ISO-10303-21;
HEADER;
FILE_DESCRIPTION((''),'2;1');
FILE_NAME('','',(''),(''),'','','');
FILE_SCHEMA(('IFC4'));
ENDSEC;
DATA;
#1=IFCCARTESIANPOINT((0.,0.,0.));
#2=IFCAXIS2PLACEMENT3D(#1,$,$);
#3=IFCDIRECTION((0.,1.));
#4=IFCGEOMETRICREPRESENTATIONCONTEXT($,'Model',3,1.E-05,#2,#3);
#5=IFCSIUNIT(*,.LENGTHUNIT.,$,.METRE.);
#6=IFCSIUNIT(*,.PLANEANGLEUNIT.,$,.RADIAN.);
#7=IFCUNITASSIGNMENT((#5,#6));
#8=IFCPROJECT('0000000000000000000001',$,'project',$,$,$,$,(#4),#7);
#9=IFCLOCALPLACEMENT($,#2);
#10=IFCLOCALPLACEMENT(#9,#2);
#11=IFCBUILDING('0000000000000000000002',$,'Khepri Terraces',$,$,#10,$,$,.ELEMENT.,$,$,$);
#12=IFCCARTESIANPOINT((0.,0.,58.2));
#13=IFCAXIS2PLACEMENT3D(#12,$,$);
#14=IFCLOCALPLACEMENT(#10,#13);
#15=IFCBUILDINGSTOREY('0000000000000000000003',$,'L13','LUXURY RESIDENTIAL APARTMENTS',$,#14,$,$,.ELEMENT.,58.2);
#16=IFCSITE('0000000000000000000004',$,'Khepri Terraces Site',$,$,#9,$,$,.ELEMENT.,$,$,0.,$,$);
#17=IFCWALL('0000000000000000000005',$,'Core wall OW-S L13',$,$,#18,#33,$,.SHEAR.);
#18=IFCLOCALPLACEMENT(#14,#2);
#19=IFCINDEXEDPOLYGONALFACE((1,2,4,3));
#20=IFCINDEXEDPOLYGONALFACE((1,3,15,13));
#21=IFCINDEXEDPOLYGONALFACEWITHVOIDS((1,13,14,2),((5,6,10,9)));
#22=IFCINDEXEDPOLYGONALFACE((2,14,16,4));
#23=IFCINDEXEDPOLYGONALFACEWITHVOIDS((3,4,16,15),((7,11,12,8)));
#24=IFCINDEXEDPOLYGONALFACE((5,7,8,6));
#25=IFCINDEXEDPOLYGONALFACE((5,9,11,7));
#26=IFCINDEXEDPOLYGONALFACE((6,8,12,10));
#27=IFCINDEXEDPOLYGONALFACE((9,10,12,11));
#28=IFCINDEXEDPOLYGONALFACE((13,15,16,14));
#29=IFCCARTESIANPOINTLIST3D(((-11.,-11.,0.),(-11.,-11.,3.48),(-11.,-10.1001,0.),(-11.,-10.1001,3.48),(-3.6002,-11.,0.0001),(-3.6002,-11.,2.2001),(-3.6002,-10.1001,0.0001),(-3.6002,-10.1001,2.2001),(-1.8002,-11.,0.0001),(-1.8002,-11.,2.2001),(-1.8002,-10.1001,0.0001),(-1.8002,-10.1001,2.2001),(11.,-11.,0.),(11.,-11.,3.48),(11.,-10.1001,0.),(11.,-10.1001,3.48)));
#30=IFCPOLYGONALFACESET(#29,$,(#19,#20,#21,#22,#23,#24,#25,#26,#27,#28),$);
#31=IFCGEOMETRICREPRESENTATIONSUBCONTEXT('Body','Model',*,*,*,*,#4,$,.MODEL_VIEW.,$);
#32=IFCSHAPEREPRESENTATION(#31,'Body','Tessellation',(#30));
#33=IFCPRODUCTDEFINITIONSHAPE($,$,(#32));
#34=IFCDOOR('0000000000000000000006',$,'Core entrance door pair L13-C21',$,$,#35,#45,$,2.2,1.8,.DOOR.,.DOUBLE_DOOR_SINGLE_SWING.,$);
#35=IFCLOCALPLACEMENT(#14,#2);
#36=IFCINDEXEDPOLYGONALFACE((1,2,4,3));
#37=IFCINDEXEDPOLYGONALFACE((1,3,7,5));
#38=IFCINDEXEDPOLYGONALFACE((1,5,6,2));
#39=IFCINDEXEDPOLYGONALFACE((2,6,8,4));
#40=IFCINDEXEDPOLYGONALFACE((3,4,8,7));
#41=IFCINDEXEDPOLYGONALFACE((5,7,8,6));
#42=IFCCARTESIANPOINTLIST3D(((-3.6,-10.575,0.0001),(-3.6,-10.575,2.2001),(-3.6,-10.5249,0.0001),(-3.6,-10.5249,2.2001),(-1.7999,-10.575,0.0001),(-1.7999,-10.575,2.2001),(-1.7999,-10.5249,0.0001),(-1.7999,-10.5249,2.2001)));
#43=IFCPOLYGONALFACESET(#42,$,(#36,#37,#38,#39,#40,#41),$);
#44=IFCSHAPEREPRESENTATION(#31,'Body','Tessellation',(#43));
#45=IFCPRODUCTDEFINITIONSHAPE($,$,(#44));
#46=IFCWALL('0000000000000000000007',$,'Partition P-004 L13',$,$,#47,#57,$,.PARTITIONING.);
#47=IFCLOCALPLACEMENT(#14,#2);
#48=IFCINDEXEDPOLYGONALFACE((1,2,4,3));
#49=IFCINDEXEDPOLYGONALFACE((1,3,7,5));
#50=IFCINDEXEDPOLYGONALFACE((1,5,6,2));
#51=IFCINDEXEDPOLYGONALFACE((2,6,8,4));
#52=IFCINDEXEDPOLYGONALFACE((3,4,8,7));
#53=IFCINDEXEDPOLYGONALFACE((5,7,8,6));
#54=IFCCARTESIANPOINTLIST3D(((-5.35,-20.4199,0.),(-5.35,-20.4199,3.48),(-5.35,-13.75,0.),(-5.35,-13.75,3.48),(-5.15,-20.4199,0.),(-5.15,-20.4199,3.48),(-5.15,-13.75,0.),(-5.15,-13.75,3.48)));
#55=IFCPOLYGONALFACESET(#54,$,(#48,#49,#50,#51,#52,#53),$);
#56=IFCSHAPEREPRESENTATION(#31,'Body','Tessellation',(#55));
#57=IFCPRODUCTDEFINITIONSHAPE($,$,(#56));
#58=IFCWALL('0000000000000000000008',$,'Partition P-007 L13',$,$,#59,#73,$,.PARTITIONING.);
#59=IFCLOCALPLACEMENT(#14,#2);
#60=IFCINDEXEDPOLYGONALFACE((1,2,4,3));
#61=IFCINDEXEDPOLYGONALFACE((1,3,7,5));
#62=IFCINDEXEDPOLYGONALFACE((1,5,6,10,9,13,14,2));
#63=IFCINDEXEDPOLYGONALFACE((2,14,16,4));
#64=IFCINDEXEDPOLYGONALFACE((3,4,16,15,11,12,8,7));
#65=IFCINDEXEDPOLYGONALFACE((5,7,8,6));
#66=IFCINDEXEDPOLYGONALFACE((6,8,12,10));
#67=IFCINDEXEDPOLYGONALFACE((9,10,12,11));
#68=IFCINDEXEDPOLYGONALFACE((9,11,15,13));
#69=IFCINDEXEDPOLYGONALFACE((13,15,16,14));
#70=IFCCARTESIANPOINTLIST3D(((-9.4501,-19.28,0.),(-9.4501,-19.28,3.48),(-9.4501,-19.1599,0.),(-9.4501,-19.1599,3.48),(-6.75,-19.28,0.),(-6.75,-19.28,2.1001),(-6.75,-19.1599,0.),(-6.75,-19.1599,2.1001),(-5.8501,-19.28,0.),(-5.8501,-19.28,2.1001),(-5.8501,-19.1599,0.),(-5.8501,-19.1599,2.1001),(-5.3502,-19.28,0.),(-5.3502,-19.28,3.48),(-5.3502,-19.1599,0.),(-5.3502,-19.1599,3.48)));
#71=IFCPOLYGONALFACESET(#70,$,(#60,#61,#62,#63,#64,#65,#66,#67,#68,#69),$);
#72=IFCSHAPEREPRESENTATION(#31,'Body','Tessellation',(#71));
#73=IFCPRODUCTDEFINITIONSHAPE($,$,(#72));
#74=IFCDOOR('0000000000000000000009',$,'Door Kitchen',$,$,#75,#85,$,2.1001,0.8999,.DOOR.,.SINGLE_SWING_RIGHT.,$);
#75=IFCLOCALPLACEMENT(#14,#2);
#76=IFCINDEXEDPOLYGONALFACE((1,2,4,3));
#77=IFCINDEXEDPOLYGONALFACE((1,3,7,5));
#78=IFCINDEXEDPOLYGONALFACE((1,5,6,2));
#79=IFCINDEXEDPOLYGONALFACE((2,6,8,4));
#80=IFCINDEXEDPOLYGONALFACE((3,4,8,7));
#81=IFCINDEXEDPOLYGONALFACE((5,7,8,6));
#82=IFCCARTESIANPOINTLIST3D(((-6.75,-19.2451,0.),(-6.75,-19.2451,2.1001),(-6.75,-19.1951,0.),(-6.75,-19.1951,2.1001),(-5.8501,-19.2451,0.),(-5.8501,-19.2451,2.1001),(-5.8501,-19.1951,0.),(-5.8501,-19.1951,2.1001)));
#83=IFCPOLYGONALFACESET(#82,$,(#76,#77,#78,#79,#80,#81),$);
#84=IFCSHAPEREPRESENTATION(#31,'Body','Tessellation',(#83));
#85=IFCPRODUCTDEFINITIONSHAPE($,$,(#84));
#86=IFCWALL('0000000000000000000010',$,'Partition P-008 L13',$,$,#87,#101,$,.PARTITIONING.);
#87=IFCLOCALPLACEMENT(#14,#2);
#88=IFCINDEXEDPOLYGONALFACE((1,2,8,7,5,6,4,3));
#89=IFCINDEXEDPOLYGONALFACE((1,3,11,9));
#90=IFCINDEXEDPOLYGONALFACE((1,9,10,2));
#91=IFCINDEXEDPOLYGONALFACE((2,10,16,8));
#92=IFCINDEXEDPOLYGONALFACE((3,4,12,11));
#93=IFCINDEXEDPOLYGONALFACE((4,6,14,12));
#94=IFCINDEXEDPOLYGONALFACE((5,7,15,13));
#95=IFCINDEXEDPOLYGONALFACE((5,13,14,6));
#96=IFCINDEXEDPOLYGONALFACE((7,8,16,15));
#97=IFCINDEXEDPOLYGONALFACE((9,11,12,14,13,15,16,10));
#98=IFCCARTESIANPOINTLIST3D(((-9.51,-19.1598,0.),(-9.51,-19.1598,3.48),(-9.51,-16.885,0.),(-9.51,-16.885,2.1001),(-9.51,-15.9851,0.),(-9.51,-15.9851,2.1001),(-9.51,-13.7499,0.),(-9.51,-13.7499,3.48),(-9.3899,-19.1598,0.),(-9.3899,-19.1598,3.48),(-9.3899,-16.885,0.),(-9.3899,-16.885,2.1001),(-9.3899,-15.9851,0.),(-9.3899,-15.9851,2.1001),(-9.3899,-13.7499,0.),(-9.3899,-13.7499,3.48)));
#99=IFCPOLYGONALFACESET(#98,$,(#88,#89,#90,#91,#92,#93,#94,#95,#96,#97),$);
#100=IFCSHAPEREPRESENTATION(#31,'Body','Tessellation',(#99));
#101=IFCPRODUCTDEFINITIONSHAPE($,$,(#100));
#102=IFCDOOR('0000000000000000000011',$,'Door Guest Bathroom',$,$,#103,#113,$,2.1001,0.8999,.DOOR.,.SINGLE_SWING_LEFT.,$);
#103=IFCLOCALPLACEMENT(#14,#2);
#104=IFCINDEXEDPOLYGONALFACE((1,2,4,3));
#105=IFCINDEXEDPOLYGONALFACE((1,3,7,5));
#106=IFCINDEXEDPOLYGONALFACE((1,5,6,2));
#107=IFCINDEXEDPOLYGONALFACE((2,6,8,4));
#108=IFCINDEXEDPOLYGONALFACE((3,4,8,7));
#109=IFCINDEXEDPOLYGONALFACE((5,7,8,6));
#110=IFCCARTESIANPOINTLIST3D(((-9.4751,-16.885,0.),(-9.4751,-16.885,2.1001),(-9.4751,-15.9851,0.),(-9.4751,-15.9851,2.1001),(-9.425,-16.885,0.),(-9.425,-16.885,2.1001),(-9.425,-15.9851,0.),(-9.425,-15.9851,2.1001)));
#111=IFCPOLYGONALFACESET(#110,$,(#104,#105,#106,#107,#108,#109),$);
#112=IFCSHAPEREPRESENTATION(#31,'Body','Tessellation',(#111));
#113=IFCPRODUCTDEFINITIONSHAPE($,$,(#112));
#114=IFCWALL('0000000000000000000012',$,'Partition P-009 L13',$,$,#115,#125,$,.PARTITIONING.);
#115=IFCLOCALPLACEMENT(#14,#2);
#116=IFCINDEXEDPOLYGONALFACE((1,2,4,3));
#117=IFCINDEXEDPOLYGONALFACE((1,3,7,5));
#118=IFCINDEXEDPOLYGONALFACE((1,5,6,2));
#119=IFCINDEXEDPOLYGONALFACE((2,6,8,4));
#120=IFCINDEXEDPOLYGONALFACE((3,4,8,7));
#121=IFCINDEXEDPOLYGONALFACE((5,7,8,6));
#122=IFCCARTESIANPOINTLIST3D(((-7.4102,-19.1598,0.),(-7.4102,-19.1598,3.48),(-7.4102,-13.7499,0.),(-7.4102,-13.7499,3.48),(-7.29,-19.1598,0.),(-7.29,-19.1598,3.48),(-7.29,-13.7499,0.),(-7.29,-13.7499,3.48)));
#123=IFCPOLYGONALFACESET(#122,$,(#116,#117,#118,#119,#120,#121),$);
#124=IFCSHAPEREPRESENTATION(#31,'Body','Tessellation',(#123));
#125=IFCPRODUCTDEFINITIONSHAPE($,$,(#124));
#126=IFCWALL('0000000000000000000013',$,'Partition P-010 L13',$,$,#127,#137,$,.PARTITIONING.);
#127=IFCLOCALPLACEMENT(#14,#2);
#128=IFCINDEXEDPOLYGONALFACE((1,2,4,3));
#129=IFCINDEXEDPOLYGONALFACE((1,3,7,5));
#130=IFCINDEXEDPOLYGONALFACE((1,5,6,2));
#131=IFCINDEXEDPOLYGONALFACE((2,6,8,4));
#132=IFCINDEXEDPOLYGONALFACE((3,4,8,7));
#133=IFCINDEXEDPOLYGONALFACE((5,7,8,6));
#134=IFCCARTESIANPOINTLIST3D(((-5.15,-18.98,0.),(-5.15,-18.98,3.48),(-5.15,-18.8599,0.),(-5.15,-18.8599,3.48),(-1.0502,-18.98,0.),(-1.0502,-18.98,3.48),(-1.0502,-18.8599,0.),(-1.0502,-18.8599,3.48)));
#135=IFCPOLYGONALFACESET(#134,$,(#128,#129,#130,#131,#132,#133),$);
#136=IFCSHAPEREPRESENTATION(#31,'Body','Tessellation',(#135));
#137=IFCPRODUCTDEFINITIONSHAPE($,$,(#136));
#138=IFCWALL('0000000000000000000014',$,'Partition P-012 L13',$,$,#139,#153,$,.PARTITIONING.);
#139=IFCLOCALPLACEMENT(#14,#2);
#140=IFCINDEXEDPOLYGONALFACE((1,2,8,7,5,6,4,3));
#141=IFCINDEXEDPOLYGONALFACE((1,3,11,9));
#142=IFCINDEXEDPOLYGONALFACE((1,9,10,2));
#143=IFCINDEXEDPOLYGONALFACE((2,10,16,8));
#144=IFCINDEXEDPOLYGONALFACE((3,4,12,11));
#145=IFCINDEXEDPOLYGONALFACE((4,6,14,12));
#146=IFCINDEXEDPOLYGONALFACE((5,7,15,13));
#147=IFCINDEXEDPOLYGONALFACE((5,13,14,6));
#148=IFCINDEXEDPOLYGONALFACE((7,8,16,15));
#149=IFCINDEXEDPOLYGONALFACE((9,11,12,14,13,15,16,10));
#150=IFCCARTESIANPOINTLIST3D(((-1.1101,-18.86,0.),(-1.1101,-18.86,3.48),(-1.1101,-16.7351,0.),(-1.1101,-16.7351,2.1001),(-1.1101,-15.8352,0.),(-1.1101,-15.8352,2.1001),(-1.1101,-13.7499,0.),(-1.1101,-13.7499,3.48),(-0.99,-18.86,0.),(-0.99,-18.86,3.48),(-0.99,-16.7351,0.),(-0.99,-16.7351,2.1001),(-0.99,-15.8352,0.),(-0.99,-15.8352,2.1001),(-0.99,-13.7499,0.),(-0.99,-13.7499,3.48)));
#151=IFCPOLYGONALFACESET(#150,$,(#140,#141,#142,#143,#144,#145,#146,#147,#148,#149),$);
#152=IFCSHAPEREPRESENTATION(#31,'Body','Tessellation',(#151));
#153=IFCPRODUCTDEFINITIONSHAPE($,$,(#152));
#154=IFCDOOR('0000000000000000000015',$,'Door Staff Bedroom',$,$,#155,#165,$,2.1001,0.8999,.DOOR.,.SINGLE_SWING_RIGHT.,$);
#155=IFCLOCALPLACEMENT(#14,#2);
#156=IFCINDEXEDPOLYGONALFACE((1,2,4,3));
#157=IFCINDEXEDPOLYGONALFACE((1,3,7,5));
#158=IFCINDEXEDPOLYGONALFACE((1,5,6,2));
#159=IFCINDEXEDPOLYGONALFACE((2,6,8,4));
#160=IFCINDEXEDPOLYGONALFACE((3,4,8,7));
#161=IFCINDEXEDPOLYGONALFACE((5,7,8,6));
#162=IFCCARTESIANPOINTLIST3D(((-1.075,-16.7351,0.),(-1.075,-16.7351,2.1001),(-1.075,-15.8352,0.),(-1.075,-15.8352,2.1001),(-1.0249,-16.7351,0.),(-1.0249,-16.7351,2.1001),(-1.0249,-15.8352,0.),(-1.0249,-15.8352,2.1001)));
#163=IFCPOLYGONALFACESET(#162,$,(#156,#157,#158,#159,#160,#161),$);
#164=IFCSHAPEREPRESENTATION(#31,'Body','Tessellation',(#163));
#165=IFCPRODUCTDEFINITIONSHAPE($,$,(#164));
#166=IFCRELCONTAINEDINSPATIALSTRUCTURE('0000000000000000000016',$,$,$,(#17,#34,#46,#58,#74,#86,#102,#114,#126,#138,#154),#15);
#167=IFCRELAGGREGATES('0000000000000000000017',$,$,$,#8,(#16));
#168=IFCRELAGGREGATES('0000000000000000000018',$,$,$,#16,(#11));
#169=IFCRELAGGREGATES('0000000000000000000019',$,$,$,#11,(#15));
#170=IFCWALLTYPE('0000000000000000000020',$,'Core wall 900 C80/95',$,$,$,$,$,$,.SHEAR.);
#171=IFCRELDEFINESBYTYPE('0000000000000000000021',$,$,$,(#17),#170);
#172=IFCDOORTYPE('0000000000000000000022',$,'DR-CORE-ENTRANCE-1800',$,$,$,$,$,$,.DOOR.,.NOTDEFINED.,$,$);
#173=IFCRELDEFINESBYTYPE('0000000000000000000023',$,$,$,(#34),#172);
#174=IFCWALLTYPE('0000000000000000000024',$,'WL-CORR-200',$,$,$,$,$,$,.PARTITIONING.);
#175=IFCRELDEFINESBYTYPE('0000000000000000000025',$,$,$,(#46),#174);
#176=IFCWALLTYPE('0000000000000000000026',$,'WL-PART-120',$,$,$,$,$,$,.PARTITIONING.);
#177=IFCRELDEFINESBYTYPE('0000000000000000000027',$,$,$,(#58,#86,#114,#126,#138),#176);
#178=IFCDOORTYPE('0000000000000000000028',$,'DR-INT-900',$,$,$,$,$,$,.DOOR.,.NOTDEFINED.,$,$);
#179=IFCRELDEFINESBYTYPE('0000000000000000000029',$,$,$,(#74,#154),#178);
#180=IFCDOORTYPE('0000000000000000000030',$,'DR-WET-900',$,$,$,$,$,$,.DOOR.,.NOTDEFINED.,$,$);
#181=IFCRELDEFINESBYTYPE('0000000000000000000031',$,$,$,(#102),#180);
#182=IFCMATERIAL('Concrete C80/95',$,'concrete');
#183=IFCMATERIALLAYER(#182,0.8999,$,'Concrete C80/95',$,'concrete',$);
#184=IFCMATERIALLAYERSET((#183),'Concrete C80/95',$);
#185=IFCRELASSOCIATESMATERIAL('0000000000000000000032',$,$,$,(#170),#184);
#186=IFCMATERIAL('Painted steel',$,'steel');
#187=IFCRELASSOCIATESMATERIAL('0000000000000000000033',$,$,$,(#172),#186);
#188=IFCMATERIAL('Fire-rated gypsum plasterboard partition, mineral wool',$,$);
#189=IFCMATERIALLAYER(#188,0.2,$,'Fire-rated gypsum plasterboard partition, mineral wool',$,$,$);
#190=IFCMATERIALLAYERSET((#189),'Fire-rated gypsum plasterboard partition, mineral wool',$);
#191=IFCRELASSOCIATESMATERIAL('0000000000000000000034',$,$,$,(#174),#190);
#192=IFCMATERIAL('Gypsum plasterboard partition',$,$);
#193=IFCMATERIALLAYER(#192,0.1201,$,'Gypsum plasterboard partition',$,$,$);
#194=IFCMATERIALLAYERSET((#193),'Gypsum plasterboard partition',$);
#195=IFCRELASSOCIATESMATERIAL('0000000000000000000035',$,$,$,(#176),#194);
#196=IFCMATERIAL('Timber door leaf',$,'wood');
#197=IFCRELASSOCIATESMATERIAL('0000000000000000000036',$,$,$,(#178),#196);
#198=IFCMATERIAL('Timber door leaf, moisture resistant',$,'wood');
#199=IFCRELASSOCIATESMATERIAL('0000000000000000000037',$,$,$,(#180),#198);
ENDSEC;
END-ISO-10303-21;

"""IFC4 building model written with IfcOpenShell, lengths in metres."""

from ifc_helpers import new_model, si_unit, direction, frame, frame_2d, origin, place, context, subcontext, project, spatial, rectangle, extrude, material, layer, layer_set, type_object, element, fill, save


model = new_model("IFC4")

# Units and contexts
model_context = context("Model", 3, precision=1e-05, world=origin(), true_north=direction((0.0, 1.0)))
body_context = subcontext(model_context, "Body", "Model", "MODEL_VIEW")
ifc_project = project(units=[si_unit("LENGTHUNIT", "METRE"), si_unit("PLANEANGLEUNIT", "RADIAN")], contexts=[model_context])

# Site, building, storey
site_placement = place(None, origin())
site = spatial("IfcSite", under=ifc_project, at=site_placement, Name="Khepri Terraces Site", CompositionType="ELEMENT", RefElevation=0.0)
building_placement = place(site_placement, origin())
building = spatial("IfcBuilding", under=site, at=building_placement, Name="Khepri Terraces", CompositionType="ELEMENT")
storey_placement = place(building_placement, frame((0.0, 0.0, 58.2)))
storey = spatial("IfcBuildingStorey", under=building, at=storey_placement, Name="L13", Description="LUXURY RESIDENTIAL APARTMENTS", CompositionType="ELEMENT", Elevation=58.2)

# Wall, opening, door
ifc_material_1 = material(Name="Concrete C80/95", Category="concrete")
ifc_layer_1 = layer(ifc_material_1, 0.8999, Name="Concrete C80/95", Category="concrete")
ifc_layer_set_1 = layer_set([ifc_layer_1], Name="Concrete C80/95")
wall_type_1 = type_object("IfcWallType", Name="Core wall 900 C80/95", PredefinedType="SHEAR", material=ifc_layer_set_1)
wall_1_placement = place(storey_placement, frame((-11.0, -10.55, 0.0), z_axis=(0.0, 0.0, 1.0), x_axis=(1.0, 0.0, 0.0)))
wall_1 = element("IfcWall", 1, at=wall_1_placement, inside=storey, type_object=wall_type_1, Name="Core wall OW-S L13", PredefinedType="SHEAR", context=body_context, shape_type="SweptSolid", body=[
    extrude(rectangle(XDim=22.0, YDim=0.8999, at=frame_2d((11.0, 0.0))), origin(), (0.0, 0.0, 1.0), 3.48),
])
opening_1_placement = place(wall_1_placement, frame((7.3999, 0.0, 0.0)))
opening_1 = element("IfcOpeningElement", 2, at=opening_1_placement, cuts=wall_1, PredefinedType="OPENING", context=body_context, shape_type="SweptSolid", body=[
    extrude(rectangle(XDim=1.8, YDim=2.2, at=frame_2d((0.8999, 1.1001))), frame((0.0, 0.46, 0.0), z_axis=(0.0, -1.0, 0.0), x_axis=(1.0, 0.0, 0.0)), (0.0, 0.0, 1.0), 0.9199),
])
ifc_material_2 = material(Name="Painted steel", Category="steel")
door_type_1 = type_object("IfcDoorType", Name="DR-CORE-ENTRANCE-1800", OperationType="NOTDEFINED", PredefinedType="DOOR", material=ifc_material_2)
door_1_placement = place(opening_1_placement, frame((1.8, 0.0, 0.0), z_axis=(0.0, 0.0, 1.0), x_axis=(-1.0, 0.0, 0.0)))
door_1 = element("IfcDoor", 3, at=door_1_placement, inside=storey, type_object=door_type_1, Name="Core entrance door pair L13-C21", OperationType="DOUBLE_DOOR_SINGLE_SWING", OverallHeight=2.2, OverallWidth=1.8, PredefinedType="DOOR", context=body_context, shape_type="SweptSolid", body=[
    extrude(rectangle(XDim=1.8, YDim=2.2, at=frame_2d((0.8999, 1.1001))), frame((0.0, 0.0249, 0.0), z_axis=(0.0, -1.0, 0.0), x_axis=(1.0, 0.0, 0.0)), (0.0, 0.0, 1.0), 0.05),
])
fill(opening_1, door_1)

# Wall
ifc_material_3 = material(Name="Fire-rated gypsum plasterboard partition, mineral wool")
ifc_layer_2 = layer(ifc_material_3, 0.2, Name="Fire-rated gypsum plasterboard partition, mineral wool")
ifc_layer_set_2 = layer_set([ifc_layer_2], Name="Fire-rated gypsum plasterboard partition, mineral wool")
wall_type_2 = type_object("IfcWallType", Name="WL-CORR-200", PredefinedType="PARTITIONING", material=ifc_layer_set_2)
wall_2_placement = place(storey_placement, frame((-5.25, -20.4199, 0.0), z_axis=(0.0, 0.0, 1.0), x_axis=(0.0, 1.0, 0.0)))
element("IfcWall", 4, at=wall_2_placement, inside=storey, type_object=wall_type_2, Name="Partition P-004 L13", PredefinedType="PARTITIONING", context=body_context, shape_type="SweptSolid", body=[
    extrude(rectangle(XDim=6.6699, YDim=0.2, at=frame_2d((3.335, 0.0))), origin(), (0.0, 0.0, 1.0), 3.48),
])

# Walls, openings, doors
ifc_material_4 = material(Name="Gypsum plasterboard partition")
ifc_layer_3 = layer(ifc_material_4, 0.1201, Name="Gypsum plasterboard partition")
ifc_layer_set_3 = layer_set([ifc_layer_3], Name="Gypsum plasterboard partition")
wall_type_3 = type_object("IfcWallType", Name="WL-PART-120", PredefinedType="PARTITIONING", material=ifc_layer_set_3)
wall_3_placement = place(storey_placement, frame((-9.45, -19.22, 0.0), z_axis=(0.0, 0.0, 1.0), x_axis=(1.0, 0.0, 0.0)))
wall_3 = element("IfcWall", 5, at=wall_3_placement, inside=storey, type_object=wall_type_3, Name="Partition P-007 L13", PredefinedType="PARTITIONING", context=body_context, shape_type="SweptSolid", body=[
    extrude(rectangle(XDim=4.0999, YDim=0.1201, at=frame_2d((2.0498, 0.0))), origin(), (0.0, 0.0, 1.0), 3.48),
])
opening_2_placement = place(wall_3_placement, frame((2.7, 0.0, 0.0)))
opening_2 = element("IfcOpeningElement", 6, at=opening_2_placement, cuts=wall_3, PredefinedType="OPENING", context=body_context, shape_type="SweptSolid", body=[
    extrude(rectangle(XDim=0.8999, YDim=2.1001, at=frame_2d((0.45, 1.05))), frame((0.0, 0.0701, 0.0), z_axis=(0.0, -1.0, 0.0), x_axis=(1.0, 0.0, 0.0)), (0.0, 0.0, 1.0), 0.1401),
])
ifc_material_5 = material(Name="Timber door leaf", Category="wood")
door_type_2 = type_object("IfcDoorType", Name="DR-INT-900", OperationType="NOTDEFINED", PredefinedType="DOOR", material=ifc_material_5)
door_2_placement = place(opening_2_placement, origin())
door_2 = element("IfcDoor", 7, at=door_2_placement, inside=storey, type_object=door_type_2, Name="Door Kitchen", OperationType="SINGLE_SWING_RIGHT", OverallHeight=2.1001, OverallWidth=0.8999, PredefinedType="DOOR", context=body_context, shape_type="SweptSolid", body=[
    extrude(rectangle(XDim=0.8999, YDim=2.1001, at=frame_2d((0.45, 1.05))), frame((0.0, 0.0249, 0.0), z_axis=(0.0, -1.0, 0.0), x_axis=(1.0, 0.0, 0.0)), (0.0, 0.0, 1.0), 0.05),
])
fill(opening_2, door_2)
wall_4_placement = place(storey_placement, frame((-9.45, -19.1599, 0.0), z_axis=(0.0, 0.0, 1.0), x_axis=(0.0, 1.0, 0.0)))
wall_4 = element("IfcWall", 8, at=wall_4_placement, inside=storey, type_object=wall_type_3, Name="Partition P-008 L13", PredefinedType="PARTITIONING", context=body_context, shape_type="SweptSolid", body=[
    extrude(rectangle(XDim=5.4099, YDim=0.1201, at=frame_2d((2.7051, 0.0))), origin(), (0.0, 0.0, 1.0), 3.48),
])
opening_3_placement = place(wall_4_placement, frame((2.2749, 0.0, 0.0)))
opening_3 = element("IfcOpeningElement", 9, at=opening_3_placement, cuts=wall_4, PredefinedType="OPENING", context=body_context, shape_type="SweptSolid", body=[
    extrude(rectangle(XDim=0.8999, YDim=2.1001, at=frame_2d((0.45, 1.05))), frame((0.0, 0.0701, 0.0), z_axis=(0.0, -1.0, 0.0), x_axis=(1.0, 0.0, 0.0)), (0.0, 0.0, 1.0), 0.1401),
])
ifc_material_6 = material(Name="Timber door leaf, moisture resistant", Category="wood")
door_type_3 = type_object("IfcDoorType", Name="DR-WET-900", OperationType="NOTDEFINED", PredefinedType="DOOR", material=ifc_material_6)
door_3_placement = place(opening_3_placement, frame((0.8999, 0.0, 0.0), z_axis=(0.0, 0.0, 1.0), x_axis=(-1.0, 0.0, 0.0)))
door_3 = element("IfcDoor", 10, at=door_3_placement, inside=storey, type_object=door_type_3, Name="Door Guest Bathroom", OperationType="SINGLE_SWING_LEFT", OverallHeight=2.1001, OverallWidth=0.8999, PredefinedType="DOOR", context=body_context, shape_type="SweptSolid", body=[
    extrude(rectangle(XDim=0.8999, YDim=2.1001, at=frame_2d((0.45, 1.05))), frame((0.0, 0.0249, 0.0), z_axis=(0.0, -1.0, 0.0), x_axis=(1.0, 0.0, 0.0)), (0.0, 0.0, 1.0), 0.05),
])
fill(opening_3, door_3)

# Walls
wall_5_placement = place(storey_placement, frame((-7.3501, -19.1599, 0.0), z_axis=(0.0, 0.0, 1.0), x_axis=(0.0, 1.0, 0.0)))
element("IfcWall", 11, at=wall_5_placement, inside=storey, type_object=wall_type_3, Name="Partition P-009 L13", PredefinedType="PARTITIONING", context=body_context, shape_type="SweptSolid", body=[
    extrude(rectangle(XDim=5.4099, YDim=0.1201, at=frame_2d((2.7051, 0.0))), origin(), (0.0, 0.0, 1.0), 3.48),
])
wall_6_placement = place(storey_placement, frame((-5.1499, -18.9199, 0.0), z_axis=(0.0, 0.0, 1.0), x_axis=(1.0, 0.0, 0.0)))
element("IfcWall", 12, at=wall_6_placement, inside=storey, type_object=wall_type_3, Name="Partition P-010 L13", PredefinedType="PARTITIONING", context=body_context, shape_type="SweptSolid", body=[
    extrude(rectangle(XDim=4.0999, YDim=0.1201, at=frame_2d((2.0498, 0.0))), origin(), (0.0, 0.0, 1.0), 3.48),
])

# Wall, opening, door
wall_7_placement = place(storey_placement, frame((-1.05, -18.8601, 0.0), z_axis=(0.0, 0.0, 1.0), x_axis=(0.0, 1.0, 0.0)))
wall_7 = element("IfcWall", 13, at=wall_7_placement, inside=storey, type_object=wall_type_3, Name="Partition P-012 L13", PredefinedType="PARTITIONING", context=body_context, shape_type="SweptSolid", body=[
    extrude(rectangle(XDim=5.1101, YDim=0.1201, at=frame_2d((2.5552, 0.0))), origin(), (0.0, 0.0, 1.0), 3.48),
])
opening_4_placement = place(wall_7_placement, frame((2.125, 0.0, 0.0)))
opening_4 = element("IfcOpeningElement", 14, at=opening_4_placement, cuts=wall_7, PredefinedType="OPENING", context=body_context, shape_type="SweptSolid", body=[
    extrude(rectangle(XDim=0.8999, YDim=2.1001, at=frame_2d((0.45, 1.05))), frame((0.0, 0.0701, 0.0), z_axis=(0.0, -1.0, 0.0), x_axis=(1.0, 0.0, 0.0)), (0.0, 0.0, 1.0), 0.1401),
])
door_4_placement = place(opening_4_placement, origin())
door_4 = element("IfcDoor", 15, at=door_4_placement, inside=storey, type_object=door_type_2, Name="Door Staff Bedroom", OperationType="SINGLE_SWING_RIGHT", OverallHeight=2.1001, OverallWidth=0.8999, PredefinedType="DOOR", context=body_context, shape_type="SweptSolid", body=[
    extrude(rectangle(XDim=0.8999, YDim=2.1001, at=frame_2d((0.45, 1.05))), frame((0.0, 0.0249, 0.0), z_axis=(0.0, -1.0, 0.0), x_axis=(1.0, 0.0, 0.0)), (0.0, 0.0, 1.0), 0.05),
])
fill(opening_4, door_4)

save(model, "model.ifc")
